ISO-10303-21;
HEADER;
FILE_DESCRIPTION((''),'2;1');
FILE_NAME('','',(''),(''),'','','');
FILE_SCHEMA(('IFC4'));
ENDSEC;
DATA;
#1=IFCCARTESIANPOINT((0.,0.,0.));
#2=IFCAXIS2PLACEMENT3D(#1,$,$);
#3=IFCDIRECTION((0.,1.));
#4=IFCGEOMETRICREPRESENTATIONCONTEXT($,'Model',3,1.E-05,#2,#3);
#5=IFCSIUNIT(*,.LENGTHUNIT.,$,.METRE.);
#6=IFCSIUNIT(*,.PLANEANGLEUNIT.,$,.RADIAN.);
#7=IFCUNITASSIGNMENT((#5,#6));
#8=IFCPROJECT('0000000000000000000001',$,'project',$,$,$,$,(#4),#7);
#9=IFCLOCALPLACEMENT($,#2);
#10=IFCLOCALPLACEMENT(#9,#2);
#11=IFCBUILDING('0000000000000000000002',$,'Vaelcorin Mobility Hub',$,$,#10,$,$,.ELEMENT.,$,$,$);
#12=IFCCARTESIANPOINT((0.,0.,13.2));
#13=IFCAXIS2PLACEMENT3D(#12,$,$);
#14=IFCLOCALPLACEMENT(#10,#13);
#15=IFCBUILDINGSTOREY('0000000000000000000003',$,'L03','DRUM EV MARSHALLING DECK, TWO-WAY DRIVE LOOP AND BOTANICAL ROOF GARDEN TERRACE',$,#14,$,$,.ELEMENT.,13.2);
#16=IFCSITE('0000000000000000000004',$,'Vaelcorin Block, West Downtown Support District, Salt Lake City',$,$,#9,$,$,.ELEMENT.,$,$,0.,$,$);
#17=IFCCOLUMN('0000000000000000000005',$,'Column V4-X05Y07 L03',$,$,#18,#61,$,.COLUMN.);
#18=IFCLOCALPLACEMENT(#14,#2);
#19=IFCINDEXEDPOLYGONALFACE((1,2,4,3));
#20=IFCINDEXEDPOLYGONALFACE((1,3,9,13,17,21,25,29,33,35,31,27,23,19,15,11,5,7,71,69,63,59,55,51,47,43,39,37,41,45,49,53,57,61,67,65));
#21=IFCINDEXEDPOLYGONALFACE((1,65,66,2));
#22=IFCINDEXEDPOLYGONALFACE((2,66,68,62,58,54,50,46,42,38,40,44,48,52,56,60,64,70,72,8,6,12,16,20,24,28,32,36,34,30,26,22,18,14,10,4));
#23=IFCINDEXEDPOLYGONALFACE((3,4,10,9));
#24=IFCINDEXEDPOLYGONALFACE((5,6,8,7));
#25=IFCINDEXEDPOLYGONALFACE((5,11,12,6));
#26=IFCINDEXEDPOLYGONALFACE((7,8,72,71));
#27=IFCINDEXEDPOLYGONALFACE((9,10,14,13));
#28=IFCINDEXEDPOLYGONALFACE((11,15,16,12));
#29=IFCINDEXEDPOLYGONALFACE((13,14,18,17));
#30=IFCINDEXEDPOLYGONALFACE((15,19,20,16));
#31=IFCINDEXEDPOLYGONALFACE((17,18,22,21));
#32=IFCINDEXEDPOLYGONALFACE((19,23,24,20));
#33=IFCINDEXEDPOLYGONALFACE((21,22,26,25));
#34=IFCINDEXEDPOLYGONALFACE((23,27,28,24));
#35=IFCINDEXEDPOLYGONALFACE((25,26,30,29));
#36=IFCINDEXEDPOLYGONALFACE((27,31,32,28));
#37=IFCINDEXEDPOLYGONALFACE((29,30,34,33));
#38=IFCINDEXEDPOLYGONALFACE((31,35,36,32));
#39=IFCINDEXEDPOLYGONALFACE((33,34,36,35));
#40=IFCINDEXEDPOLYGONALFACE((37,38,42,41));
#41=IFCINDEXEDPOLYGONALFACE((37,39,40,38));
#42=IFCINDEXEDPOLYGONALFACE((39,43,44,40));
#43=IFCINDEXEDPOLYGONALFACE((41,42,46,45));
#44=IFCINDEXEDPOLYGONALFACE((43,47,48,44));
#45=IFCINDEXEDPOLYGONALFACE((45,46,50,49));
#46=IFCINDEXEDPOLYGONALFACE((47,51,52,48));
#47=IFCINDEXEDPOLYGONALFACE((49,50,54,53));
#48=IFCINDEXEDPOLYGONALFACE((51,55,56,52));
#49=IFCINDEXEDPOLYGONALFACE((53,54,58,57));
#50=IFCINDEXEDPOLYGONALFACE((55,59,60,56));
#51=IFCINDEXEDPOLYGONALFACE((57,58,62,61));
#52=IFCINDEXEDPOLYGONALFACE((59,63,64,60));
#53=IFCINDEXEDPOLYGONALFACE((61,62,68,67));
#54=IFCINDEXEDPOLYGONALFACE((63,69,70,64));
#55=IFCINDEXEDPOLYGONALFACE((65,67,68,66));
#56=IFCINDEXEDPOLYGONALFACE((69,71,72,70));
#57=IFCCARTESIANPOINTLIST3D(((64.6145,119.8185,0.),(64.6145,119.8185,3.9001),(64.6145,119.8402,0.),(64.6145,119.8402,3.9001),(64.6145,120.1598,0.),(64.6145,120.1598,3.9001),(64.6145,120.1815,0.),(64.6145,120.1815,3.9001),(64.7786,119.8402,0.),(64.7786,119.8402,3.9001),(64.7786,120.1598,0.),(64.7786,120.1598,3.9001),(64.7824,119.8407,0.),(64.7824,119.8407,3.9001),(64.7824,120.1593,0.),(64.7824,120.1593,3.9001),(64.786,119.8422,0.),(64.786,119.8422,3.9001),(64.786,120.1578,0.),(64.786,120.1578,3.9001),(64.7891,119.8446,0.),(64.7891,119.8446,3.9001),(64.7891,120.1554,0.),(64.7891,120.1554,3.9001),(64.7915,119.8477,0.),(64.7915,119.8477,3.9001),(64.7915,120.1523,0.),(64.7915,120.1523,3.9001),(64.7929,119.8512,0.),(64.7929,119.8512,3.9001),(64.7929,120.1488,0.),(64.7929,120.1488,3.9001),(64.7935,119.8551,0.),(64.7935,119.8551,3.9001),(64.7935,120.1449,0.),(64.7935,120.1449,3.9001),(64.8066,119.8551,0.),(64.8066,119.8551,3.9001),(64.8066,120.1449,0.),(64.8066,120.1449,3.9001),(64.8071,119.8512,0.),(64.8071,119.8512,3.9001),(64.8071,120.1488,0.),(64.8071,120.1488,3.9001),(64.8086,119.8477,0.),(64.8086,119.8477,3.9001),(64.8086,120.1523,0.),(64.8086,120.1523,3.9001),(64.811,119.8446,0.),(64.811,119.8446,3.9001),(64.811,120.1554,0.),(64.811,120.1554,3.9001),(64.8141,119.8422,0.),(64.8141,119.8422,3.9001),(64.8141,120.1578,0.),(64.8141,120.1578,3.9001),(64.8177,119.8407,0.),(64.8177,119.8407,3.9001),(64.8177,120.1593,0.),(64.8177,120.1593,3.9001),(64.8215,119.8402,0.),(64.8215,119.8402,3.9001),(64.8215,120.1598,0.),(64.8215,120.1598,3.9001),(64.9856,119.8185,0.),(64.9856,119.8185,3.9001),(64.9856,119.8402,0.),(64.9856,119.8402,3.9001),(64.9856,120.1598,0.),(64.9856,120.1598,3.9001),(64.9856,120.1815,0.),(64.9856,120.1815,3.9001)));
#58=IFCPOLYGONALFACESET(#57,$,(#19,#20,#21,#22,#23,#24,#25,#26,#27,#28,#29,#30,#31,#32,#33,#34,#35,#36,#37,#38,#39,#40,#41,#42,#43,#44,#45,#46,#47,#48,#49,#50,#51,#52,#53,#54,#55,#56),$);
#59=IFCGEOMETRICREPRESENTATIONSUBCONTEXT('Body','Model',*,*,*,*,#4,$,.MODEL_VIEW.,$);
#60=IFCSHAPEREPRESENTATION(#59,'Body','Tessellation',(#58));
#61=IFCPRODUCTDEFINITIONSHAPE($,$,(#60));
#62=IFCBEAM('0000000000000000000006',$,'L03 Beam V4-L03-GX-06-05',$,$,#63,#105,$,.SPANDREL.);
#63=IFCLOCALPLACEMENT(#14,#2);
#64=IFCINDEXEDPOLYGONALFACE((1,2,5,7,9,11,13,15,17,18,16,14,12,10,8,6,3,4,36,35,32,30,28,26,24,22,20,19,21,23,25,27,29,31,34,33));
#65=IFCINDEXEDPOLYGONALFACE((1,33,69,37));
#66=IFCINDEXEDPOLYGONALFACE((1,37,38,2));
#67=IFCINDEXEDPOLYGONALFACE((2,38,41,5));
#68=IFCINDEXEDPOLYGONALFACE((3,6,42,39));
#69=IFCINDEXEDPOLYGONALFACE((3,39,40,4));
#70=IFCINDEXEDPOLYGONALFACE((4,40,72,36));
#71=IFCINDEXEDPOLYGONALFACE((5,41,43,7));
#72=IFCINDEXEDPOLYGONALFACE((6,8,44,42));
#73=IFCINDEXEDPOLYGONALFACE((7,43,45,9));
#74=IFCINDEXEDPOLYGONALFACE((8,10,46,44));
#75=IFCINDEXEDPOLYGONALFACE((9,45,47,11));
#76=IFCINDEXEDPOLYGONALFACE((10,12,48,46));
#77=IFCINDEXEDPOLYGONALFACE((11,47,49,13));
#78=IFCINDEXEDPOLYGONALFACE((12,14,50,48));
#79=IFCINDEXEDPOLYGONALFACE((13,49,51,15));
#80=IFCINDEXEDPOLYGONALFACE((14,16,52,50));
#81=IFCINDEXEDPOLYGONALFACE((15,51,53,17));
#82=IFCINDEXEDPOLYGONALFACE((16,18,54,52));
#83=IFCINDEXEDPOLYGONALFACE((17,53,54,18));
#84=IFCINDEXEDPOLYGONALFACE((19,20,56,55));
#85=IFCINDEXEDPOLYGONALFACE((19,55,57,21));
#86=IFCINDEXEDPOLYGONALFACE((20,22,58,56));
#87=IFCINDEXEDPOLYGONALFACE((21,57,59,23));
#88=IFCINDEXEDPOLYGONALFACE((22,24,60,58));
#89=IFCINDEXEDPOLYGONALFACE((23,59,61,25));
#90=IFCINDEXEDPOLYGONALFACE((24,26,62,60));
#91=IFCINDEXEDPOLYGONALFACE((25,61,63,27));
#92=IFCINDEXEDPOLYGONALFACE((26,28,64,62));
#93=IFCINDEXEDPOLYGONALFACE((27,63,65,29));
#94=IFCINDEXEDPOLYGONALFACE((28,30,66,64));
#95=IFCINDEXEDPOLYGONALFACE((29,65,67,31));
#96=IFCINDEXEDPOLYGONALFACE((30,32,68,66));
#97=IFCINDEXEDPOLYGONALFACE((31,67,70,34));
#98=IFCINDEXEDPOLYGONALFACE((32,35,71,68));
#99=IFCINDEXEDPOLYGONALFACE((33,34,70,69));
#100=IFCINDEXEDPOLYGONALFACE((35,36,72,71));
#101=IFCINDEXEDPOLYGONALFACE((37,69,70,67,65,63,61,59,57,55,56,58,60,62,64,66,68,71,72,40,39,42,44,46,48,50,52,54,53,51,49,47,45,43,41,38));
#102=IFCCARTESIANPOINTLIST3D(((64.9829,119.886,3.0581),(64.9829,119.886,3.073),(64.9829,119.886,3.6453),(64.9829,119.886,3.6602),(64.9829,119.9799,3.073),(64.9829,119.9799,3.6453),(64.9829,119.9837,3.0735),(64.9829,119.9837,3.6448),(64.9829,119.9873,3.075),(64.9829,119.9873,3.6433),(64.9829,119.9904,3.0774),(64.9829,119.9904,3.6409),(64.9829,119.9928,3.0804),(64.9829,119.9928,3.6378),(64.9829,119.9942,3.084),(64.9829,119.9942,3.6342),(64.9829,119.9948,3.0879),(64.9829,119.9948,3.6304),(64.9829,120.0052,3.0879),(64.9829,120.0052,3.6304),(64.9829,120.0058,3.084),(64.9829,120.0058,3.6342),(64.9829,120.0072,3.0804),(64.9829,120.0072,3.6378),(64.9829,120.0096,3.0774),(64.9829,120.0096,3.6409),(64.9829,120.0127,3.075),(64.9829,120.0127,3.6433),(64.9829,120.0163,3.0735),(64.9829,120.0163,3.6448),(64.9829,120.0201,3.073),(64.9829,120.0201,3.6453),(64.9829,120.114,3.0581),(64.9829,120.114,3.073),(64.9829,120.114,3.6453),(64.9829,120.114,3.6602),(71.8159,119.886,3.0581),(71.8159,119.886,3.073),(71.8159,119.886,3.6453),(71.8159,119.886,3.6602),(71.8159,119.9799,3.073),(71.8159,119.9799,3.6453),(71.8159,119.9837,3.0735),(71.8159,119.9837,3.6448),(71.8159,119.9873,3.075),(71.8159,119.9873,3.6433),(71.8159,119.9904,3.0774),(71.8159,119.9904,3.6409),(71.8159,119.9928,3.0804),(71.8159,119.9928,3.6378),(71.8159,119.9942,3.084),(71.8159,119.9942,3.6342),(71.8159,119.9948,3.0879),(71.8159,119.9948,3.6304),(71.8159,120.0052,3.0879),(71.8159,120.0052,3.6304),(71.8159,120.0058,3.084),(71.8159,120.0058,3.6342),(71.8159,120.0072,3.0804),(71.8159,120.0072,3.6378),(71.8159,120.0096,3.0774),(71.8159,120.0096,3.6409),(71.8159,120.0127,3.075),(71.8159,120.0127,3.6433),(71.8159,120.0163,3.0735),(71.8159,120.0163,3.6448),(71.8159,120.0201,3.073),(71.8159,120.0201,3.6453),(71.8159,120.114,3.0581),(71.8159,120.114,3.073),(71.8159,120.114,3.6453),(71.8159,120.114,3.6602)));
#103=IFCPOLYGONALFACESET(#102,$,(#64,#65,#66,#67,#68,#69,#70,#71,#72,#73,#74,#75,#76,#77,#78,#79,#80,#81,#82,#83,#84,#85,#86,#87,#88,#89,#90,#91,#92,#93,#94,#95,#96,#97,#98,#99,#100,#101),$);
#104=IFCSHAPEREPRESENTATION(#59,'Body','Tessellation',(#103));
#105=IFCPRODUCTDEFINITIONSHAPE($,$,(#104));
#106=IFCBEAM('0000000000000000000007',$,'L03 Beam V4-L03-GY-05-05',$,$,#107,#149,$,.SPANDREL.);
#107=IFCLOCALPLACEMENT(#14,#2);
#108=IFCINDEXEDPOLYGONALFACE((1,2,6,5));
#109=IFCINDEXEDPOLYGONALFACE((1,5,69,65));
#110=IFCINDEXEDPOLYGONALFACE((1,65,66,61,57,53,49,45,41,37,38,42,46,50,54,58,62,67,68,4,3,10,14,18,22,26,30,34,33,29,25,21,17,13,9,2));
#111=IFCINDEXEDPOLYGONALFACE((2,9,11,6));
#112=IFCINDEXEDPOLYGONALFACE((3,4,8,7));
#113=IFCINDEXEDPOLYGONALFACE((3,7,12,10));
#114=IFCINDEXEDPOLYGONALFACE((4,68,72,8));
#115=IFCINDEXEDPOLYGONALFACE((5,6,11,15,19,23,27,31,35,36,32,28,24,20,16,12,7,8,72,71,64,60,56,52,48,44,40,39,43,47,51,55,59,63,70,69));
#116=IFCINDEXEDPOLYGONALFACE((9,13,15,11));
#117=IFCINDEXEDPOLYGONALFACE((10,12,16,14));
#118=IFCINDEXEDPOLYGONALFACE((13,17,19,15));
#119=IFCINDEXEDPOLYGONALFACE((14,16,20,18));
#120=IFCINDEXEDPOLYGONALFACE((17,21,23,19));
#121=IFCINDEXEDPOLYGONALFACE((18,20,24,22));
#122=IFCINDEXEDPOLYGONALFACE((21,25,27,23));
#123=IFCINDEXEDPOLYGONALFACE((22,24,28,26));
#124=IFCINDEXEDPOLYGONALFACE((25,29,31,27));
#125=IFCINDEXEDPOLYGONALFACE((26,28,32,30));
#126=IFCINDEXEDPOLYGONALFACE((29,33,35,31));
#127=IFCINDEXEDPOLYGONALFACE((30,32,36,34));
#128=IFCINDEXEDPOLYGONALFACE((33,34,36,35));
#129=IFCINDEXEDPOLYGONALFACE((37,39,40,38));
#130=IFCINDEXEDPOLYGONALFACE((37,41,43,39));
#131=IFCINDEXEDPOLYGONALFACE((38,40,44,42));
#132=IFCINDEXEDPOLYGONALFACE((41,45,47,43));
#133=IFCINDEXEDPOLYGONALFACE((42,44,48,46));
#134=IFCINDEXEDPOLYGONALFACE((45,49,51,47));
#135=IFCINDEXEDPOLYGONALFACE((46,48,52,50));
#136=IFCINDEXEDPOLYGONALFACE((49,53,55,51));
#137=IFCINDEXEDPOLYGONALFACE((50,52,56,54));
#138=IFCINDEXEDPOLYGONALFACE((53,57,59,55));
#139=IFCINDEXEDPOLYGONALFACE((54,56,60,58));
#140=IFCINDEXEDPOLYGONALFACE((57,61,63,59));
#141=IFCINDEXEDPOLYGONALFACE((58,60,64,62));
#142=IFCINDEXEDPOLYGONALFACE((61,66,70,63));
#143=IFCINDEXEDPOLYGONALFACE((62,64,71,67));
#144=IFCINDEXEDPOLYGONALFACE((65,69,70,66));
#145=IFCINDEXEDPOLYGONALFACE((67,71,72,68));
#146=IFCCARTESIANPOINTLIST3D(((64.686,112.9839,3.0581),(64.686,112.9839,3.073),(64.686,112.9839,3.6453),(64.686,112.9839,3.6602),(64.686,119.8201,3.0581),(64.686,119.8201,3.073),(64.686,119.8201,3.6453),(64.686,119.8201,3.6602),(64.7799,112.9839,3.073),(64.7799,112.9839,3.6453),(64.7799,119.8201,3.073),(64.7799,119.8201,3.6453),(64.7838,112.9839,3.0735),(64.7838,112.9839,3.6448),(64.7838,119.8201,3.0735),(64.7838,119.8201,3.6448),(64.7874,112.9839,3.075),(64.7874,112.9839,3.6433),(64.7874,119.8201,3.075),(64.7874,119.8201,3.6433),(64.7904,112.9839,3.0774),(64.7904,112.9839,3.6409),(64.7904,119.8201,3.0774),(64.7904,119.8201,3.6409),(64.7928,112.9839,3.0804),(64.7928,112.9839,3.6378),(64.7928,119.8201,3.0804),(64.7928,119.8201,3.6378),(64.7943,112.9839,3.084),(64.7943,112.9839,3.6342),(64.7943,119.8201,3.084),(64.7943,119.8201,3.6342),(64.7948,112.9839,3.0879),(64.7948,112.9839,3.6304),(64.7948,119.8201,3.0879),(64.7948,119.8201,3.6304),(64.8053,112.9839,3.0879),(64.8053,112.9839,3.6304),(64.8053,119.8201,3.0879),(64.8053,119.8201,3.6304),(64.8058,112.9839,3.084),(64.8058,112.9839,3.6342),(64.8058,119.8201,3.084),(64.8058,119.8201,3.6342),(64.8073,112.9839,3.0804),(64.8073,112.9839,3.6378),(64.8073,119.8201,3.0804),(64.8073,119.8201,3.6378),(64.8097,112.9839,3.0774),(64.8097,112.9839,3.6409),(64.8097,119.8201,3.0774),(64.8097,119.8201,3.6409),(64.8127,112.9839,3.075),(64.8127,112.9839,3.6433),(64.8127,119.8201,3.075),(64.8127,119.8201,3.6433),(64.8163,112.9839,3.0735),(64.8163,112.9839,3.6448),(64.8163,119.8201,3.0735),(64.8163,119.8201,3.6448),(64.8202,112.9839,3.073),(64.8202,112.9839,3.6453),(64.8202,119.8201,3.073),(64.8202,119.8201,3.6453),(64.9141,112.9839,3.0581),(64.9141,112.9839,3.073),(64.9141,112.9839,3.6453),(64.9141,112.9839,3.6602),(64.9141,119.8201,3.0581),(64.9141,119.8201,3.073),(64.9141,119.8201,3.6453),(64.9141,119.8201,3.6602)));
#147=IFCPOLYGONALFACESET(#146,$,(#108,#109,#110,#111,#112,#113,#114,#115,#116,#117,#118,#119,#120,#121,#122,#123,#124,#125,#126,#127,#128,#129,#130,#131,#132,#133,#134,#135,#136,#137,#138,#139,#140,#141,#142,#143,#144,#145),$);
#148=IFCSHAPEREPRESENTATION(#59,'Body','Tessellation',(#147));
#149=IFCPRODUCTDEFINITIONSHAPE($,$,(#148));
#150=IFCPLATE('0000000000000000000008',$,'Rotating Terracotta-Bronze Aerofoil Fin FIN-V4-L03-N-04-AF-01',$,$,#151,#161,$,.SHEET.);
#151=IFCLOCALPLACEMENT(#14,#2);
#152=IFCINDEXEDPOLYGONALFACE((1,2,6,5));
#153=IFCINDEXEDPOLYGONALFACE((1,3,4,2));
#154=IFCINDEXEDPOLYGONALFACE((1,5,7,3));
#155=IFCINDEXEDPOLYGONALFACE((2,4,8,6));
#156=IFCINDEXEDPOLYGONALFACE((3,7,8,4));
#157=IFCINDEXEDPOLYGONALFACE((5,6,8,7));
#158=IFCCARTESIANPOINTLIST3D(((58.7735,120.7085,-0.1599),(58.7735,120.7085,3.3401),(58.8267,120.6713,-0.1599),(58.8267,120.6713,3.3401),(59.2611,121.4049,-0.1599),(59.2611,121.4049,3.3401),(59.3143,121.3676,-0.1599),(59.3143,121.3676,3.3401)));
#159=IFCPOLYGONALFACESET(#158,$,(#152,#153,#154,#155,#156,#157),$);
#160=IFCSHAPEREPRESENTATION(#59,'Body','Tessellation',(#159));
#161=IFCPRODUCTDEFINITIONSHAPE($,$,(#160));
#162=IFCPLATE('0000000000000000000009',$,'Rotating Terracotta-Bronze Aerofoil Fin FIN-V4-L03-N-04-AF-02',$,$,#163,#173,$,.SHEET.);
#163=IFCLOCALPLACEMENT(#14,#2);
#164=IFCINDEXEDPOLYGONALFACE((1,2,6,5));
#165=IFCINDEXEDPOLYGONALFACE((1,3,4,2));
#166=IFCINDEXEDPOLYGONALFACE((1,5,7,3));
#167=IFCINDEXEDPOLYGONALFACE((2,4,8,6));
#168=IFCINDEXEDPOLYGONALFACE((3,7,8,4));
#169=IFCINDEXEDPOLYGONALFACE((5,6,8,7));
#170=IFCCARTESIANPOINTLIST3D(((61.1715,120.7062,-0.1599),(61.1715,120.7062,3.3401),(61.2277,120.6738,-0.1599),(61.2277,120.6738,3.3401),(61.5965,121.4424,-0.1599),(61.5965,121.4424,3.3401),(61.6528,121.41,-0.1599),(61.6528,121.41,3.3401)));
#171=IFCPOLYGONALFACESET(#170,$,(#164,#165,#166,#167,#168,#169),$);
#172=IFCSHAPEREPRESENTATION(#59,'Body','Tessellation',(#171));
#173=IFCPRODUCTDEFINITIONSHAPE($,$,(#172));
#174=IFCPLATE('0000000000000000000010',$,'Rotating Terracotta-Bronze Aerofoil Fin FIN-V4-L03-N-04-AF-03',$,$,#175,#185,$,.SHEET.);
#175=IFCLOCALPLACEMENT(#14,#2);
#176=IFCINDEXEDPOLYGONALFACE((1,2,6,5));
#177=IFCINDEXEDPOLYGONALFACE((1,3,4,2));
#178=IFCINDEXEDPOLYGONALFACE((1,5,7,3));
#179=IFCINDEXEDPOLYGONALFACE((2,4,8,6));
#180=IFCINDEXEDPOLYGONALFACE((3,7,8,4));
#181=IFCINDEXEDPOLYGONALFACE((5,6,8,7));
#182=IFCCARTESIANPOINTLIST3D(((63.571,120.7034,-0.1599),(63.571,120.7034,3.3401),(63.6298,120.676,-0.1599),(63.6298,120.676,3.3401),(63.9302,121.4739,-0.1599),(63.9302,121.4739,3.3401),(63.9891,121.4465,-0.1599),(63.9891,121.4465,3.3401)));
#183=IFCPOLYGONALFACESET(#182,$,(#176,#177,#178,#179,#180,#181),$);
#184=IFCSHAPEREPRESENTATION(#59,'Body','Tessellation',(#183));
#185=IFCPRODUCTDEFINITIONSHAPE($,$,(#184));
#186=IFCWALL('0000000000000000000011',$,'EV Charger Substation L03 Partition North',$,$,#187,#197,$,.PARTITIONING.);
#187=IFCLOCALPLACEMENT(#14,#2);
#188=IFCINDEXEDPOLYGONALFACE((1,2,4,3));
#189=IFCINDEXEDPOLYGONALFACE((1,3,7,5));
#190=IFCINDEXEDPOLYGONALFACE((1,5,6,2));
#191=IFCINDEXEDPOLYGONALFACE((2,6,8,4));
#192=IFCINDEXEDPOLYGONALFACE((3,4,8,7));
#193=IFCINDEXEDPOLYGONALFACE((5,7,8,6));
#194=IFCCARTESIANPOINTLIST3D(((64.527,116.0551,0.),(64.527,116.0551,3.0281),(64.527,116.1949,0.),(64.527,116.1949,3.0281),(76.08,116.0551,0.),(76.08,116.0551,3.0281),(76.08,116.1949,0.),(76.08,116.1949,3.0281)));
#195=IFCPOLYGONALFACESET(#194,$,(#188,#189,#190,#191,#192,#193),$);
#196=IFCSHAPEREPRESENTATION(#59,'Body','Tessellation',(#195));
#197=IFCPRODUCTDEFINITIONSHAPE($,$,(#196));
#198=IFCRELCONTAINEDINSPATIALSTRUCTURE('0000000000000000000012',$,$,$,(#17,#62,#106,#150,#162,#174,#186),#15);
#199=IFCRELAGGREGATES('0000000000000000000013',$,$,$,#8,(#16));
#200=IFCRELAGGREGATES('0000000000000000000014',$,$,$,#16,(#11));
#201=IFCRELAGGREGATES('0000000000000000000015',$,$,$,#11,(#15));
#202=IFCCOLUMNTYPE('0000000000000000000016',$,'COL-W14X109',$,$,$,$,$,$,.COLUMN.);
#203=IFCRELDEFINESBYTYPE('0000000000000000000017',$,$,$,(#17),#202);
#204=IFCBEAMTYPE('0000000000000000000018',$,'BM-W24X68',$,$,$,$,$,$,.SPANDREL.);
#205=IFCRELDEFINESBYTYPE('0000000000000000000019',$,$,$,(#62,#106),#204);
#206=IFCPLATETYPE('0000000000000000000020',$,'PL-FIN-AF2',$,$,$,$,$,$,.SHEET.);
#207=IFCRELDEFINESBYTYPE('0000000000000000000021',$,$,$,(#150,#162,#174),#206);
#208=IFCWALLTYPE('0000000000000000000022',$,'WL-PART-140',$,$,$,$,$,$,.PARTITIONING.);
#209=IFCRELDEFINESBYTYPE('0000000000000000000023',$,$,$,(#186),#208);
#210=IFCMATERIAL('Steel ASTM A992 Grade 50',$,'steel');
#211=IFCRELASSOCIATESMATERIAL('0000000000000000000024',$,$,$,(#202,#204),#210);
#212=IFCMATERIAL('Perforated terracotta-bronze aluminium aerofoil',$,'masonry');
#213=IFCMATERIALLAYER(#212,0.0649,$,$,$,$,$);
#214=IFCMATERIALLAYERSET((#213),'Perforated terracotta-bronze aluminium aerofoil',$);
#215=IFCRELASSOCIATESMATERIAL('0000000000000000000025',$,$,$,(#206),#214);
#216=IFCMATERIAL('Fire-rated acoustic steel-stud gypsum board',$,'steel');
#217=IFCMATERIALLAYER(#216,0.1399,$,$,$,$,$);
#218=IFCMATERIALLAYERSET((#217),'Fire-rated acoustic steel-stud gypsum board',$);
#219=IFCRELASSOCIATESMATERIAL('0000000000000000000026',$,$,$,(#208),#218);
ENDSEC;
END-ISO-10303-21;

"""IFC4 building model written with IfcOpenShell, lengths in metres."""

from ifc_helpers import new_model, si_unit, direction, frame, frame_2d, origin, origin_2d, place, context, subcontext, project, spatial, rectangle, i_section, extrude, material, layer, layer_set, material_profile, profile_set, type_object, element, save


model = new_model("IFC4")

# Units and contexts
model_context = context("Model", 3, precision=1e-05, world=origin(), true_north=direction((0.0, 1.0)))
body_context = subcontext(model_context, "Body", "Model", "MODEL_VIEW")
ifc_project = project(units=[si_unit("LENGTHUNIT", "METRE"), si_unit("PLANEANGLEUNIT", "RADIAN")], contexts=[model_context])

# Site, building, storey
site_placement = place(None, origin())
site = spatial("IfcSite", under=ifc_project, at=site_placement, Name="Vaelcorin Block, West Downtown Support District, Salt Lake City", CompositionType="ELEMENT", RefElevation=0.0)
building_placement = place(site_placement, origin())
building = spatial("IfcBuilding", under=site, at=building_placement, Name="Vaelcorin Mobility Hub", CompositionType="ELEMENT")
storey_placement = place(building_placement, frame((0.0, 0.0, 13.2)))
storey = spatial("IfcBuildingStorey", under=building, at=storey_placement, Name="L03", Description="DRUM EV MARSHALLING DECK, TWO-WAY DRIVE LOOP AND BOTANICAL ROOF GARDEN TERRACE", CompositionType="ELEMENT", Elevation=13.2)

# Column
ifc_material_1 = material(Name="Steel ASTM A992 Grade 50", Category="steel")
ifc_material_profile_1 = material_profile(ifc_material_1, i_section(OverallWidth=0.3711, OverallDepth=0.363, WebThickness=0.0132, FlangeThickness=0.0217, FilletRadius=0.0149, at=origin_2d()), Name="W14X109")
ifc_profile_set_1 = profile_set([ifc_material_profile_1], Name="Steel ASTM A992 Grade 50")
column_type = type_object("IfcColumnType", Name="COL-W14X109", PredefinedType="COLUMN", material=ifc_profile_set_1)
column_placement = place(storey_placement, frame((64.8, 120.0, 0.0), z_axis=(0.0, 0.0, 1.0), x_axis=(1.0, 0.0, 0.0)))
element("IfcColumn", 1, at=column_placement, inside=storey, type_object=column_type, Name="Column V4-X05Y07 L03", PredefinedType="COLUMN", context=body_context, shape_type="SweptSolid", body=[
    extrude(i_section(OverallWidth=0.3711, OverallDepth=0.363, WebThickness=0.0132, FlangeThickness=0.0217, FilletRadius=0.0149, at=origin_2d()), origin(), (0.0, 0.0, 1.0), 3.9001),
])

# Beams
ifc_material_profile_2 = material_profile(ifc_material_1, i_section(OverallWidth=0.228, OverallDepth=0.6021, WebThickness=0.0105, FlangeThickness=0.0149, FilletRadius=0.0149, at=origin_2d()), Name="W24X68")
ifc_profile_set_2 = profile_set([ifc_material_profile_2], Name="Steel ASTM A992 Grade 50")
beam_type = type_object("IfcBeamType", Name="BM-W24X68", PredefinedType="SPANDREL", material=ifc_profile_set_2)
beam_1_placement = place(storey_placement, frame((64.9829, 120.0, 3.3591), z_axis=(1.0, 0.0, 0.0), x_axis=(0.0, 1.0, 0.0)))
element("IfcBeam", 2, at=beam_1_placement, inside=storey, type_object=beam_type, Name="L03 Beam V4-L03-GX-06-05", PredefinedType="SPANDREL", context=body_context, shape_type="SweptSolid", body=[
    extrude(i_section(OverallWidth=0.228, OverallDepth=0.6021, WebThickness=0.0105, FlangeThickness=0.0149, FilletRadius=0.0149, at=origin_2d()), origin(), (0.0, 0.0, 1.0), 6.833),
])
beam_2_placement = place(storey_placement, frame((64.8, 112.9839, 3.3591), z_axis=(0.0, 1.0, 0.0), x_axis=(-1.0, 0.0, 0.0)))
element("IfcBeam", 3, at=beam_2_placement, inside=storey, type_object=beam_type, Name="L03 Beam V4-L03-GY-05-05", PredefinedType="SPANDREL", context=body_context, shape_type="SweptSolid", body=[
    extrude(i_section(OverallWidth=0.228, OverallDepth=0.6021, WebThickness=0.0105, FlangeThickness=0.0149, FilletRadius=0.0149, at=origin_2d()), origin(), (0.0, 0.0, 1.0), 6.8362),
])

# Plates
ifc_material_2 = material(Name="Perforated terracotta-bronze aluminium aerofoil", Category="masonry")
ifc_layer_1 = layer(ifc_material_2, 0.0649)
ifc_layer_set_1 = layer_set([ifc_layer_1], Name="Perforated terracotta-bronze aluminium aerofoil")
plate_type = type_object("IfcPlateType", Name="PL-FIN-AF2", PredefinedType="SHEET", material=ifc_layer_set_1)
for number, where, z_axis, x_axis, name in (
    (4, (59.0439, 121.0381, -0.1599), (0.0, 0.0, 1.0), (0.573576, 0.819152, 0.0), "Rotating Terracotta-Bronze Aerofoil Fin FIN-V4-L03-N-04-AF-01"),
    (5, (61.4121, 121.0581, -0.1599), (0.0, 0.0, 1.0), (0.5, 0.866025, 0.0), "Rotating Terracotta-Bronze Aerofoil Fin FIN-V4-L03-N-04-AF-02"),
    (6, (63.78, 121.075, -0.1599), (0.0, 0.0, 1.0), (0.422618, 0.906308, 0.0), "Rotating Terracotta-Bronze Aerofoil Fin FIN-V4-L03-N-04-AF-03"),
):
    element("IfcPlate", number, at=place(storey_placement, frame(where, z_axis=z_axis, x_axis=x_axis)), inside=storey, type_object=plate_type, Name=name, PredefinedType="SHEET", context=body_context, shape_type="SweptSolid", body=[
        extrude(rectangle(XDim=0.8501, YDim=0.0649, at=origin_2d()), origin(), (0.0, 0.0, 1.0), 3.5),
    ])

# Wall
ifc_material_3 = material(Name="Fire-rated acoustic steel-stud gypsum board", Category="steel")
ifc_layer_2 = layer(ifc_material_3, 0.1399)
ifc_layer_set_2 = layer_set([ifc_layer_2], Name="Fire-rated acoustic steel-stud gypsum board")
wall_type_1 = type_object("IfcWallType", Name="WL-PART-140", PredefinedType="PARTITIONING", material=ifc_layer_set_2)
wall_1_placement = place(storey_placement, frame((64.5271, 116.125, 0.0), z_axis=(0.0, 0.0, 1.0), x_axis=(1.0, 0.0, 0.0)))
element("IfcWall", 7, at=wall_1_placement, inside=storey, type_object=wall_type_1, Name="EV Charger Substation L03 Partition North", PredefinedType="PARTITIONING", context=body_context, shape_type="SweptSolid", body=[
    extrude(rectangle(XDim=11.553, YDim=0.1399, at=frame_2d((5.7764, 0.0))), origin(), (0.0, 0.0, 1.0), 3.0281),
])

save(model, "model.ifc")
